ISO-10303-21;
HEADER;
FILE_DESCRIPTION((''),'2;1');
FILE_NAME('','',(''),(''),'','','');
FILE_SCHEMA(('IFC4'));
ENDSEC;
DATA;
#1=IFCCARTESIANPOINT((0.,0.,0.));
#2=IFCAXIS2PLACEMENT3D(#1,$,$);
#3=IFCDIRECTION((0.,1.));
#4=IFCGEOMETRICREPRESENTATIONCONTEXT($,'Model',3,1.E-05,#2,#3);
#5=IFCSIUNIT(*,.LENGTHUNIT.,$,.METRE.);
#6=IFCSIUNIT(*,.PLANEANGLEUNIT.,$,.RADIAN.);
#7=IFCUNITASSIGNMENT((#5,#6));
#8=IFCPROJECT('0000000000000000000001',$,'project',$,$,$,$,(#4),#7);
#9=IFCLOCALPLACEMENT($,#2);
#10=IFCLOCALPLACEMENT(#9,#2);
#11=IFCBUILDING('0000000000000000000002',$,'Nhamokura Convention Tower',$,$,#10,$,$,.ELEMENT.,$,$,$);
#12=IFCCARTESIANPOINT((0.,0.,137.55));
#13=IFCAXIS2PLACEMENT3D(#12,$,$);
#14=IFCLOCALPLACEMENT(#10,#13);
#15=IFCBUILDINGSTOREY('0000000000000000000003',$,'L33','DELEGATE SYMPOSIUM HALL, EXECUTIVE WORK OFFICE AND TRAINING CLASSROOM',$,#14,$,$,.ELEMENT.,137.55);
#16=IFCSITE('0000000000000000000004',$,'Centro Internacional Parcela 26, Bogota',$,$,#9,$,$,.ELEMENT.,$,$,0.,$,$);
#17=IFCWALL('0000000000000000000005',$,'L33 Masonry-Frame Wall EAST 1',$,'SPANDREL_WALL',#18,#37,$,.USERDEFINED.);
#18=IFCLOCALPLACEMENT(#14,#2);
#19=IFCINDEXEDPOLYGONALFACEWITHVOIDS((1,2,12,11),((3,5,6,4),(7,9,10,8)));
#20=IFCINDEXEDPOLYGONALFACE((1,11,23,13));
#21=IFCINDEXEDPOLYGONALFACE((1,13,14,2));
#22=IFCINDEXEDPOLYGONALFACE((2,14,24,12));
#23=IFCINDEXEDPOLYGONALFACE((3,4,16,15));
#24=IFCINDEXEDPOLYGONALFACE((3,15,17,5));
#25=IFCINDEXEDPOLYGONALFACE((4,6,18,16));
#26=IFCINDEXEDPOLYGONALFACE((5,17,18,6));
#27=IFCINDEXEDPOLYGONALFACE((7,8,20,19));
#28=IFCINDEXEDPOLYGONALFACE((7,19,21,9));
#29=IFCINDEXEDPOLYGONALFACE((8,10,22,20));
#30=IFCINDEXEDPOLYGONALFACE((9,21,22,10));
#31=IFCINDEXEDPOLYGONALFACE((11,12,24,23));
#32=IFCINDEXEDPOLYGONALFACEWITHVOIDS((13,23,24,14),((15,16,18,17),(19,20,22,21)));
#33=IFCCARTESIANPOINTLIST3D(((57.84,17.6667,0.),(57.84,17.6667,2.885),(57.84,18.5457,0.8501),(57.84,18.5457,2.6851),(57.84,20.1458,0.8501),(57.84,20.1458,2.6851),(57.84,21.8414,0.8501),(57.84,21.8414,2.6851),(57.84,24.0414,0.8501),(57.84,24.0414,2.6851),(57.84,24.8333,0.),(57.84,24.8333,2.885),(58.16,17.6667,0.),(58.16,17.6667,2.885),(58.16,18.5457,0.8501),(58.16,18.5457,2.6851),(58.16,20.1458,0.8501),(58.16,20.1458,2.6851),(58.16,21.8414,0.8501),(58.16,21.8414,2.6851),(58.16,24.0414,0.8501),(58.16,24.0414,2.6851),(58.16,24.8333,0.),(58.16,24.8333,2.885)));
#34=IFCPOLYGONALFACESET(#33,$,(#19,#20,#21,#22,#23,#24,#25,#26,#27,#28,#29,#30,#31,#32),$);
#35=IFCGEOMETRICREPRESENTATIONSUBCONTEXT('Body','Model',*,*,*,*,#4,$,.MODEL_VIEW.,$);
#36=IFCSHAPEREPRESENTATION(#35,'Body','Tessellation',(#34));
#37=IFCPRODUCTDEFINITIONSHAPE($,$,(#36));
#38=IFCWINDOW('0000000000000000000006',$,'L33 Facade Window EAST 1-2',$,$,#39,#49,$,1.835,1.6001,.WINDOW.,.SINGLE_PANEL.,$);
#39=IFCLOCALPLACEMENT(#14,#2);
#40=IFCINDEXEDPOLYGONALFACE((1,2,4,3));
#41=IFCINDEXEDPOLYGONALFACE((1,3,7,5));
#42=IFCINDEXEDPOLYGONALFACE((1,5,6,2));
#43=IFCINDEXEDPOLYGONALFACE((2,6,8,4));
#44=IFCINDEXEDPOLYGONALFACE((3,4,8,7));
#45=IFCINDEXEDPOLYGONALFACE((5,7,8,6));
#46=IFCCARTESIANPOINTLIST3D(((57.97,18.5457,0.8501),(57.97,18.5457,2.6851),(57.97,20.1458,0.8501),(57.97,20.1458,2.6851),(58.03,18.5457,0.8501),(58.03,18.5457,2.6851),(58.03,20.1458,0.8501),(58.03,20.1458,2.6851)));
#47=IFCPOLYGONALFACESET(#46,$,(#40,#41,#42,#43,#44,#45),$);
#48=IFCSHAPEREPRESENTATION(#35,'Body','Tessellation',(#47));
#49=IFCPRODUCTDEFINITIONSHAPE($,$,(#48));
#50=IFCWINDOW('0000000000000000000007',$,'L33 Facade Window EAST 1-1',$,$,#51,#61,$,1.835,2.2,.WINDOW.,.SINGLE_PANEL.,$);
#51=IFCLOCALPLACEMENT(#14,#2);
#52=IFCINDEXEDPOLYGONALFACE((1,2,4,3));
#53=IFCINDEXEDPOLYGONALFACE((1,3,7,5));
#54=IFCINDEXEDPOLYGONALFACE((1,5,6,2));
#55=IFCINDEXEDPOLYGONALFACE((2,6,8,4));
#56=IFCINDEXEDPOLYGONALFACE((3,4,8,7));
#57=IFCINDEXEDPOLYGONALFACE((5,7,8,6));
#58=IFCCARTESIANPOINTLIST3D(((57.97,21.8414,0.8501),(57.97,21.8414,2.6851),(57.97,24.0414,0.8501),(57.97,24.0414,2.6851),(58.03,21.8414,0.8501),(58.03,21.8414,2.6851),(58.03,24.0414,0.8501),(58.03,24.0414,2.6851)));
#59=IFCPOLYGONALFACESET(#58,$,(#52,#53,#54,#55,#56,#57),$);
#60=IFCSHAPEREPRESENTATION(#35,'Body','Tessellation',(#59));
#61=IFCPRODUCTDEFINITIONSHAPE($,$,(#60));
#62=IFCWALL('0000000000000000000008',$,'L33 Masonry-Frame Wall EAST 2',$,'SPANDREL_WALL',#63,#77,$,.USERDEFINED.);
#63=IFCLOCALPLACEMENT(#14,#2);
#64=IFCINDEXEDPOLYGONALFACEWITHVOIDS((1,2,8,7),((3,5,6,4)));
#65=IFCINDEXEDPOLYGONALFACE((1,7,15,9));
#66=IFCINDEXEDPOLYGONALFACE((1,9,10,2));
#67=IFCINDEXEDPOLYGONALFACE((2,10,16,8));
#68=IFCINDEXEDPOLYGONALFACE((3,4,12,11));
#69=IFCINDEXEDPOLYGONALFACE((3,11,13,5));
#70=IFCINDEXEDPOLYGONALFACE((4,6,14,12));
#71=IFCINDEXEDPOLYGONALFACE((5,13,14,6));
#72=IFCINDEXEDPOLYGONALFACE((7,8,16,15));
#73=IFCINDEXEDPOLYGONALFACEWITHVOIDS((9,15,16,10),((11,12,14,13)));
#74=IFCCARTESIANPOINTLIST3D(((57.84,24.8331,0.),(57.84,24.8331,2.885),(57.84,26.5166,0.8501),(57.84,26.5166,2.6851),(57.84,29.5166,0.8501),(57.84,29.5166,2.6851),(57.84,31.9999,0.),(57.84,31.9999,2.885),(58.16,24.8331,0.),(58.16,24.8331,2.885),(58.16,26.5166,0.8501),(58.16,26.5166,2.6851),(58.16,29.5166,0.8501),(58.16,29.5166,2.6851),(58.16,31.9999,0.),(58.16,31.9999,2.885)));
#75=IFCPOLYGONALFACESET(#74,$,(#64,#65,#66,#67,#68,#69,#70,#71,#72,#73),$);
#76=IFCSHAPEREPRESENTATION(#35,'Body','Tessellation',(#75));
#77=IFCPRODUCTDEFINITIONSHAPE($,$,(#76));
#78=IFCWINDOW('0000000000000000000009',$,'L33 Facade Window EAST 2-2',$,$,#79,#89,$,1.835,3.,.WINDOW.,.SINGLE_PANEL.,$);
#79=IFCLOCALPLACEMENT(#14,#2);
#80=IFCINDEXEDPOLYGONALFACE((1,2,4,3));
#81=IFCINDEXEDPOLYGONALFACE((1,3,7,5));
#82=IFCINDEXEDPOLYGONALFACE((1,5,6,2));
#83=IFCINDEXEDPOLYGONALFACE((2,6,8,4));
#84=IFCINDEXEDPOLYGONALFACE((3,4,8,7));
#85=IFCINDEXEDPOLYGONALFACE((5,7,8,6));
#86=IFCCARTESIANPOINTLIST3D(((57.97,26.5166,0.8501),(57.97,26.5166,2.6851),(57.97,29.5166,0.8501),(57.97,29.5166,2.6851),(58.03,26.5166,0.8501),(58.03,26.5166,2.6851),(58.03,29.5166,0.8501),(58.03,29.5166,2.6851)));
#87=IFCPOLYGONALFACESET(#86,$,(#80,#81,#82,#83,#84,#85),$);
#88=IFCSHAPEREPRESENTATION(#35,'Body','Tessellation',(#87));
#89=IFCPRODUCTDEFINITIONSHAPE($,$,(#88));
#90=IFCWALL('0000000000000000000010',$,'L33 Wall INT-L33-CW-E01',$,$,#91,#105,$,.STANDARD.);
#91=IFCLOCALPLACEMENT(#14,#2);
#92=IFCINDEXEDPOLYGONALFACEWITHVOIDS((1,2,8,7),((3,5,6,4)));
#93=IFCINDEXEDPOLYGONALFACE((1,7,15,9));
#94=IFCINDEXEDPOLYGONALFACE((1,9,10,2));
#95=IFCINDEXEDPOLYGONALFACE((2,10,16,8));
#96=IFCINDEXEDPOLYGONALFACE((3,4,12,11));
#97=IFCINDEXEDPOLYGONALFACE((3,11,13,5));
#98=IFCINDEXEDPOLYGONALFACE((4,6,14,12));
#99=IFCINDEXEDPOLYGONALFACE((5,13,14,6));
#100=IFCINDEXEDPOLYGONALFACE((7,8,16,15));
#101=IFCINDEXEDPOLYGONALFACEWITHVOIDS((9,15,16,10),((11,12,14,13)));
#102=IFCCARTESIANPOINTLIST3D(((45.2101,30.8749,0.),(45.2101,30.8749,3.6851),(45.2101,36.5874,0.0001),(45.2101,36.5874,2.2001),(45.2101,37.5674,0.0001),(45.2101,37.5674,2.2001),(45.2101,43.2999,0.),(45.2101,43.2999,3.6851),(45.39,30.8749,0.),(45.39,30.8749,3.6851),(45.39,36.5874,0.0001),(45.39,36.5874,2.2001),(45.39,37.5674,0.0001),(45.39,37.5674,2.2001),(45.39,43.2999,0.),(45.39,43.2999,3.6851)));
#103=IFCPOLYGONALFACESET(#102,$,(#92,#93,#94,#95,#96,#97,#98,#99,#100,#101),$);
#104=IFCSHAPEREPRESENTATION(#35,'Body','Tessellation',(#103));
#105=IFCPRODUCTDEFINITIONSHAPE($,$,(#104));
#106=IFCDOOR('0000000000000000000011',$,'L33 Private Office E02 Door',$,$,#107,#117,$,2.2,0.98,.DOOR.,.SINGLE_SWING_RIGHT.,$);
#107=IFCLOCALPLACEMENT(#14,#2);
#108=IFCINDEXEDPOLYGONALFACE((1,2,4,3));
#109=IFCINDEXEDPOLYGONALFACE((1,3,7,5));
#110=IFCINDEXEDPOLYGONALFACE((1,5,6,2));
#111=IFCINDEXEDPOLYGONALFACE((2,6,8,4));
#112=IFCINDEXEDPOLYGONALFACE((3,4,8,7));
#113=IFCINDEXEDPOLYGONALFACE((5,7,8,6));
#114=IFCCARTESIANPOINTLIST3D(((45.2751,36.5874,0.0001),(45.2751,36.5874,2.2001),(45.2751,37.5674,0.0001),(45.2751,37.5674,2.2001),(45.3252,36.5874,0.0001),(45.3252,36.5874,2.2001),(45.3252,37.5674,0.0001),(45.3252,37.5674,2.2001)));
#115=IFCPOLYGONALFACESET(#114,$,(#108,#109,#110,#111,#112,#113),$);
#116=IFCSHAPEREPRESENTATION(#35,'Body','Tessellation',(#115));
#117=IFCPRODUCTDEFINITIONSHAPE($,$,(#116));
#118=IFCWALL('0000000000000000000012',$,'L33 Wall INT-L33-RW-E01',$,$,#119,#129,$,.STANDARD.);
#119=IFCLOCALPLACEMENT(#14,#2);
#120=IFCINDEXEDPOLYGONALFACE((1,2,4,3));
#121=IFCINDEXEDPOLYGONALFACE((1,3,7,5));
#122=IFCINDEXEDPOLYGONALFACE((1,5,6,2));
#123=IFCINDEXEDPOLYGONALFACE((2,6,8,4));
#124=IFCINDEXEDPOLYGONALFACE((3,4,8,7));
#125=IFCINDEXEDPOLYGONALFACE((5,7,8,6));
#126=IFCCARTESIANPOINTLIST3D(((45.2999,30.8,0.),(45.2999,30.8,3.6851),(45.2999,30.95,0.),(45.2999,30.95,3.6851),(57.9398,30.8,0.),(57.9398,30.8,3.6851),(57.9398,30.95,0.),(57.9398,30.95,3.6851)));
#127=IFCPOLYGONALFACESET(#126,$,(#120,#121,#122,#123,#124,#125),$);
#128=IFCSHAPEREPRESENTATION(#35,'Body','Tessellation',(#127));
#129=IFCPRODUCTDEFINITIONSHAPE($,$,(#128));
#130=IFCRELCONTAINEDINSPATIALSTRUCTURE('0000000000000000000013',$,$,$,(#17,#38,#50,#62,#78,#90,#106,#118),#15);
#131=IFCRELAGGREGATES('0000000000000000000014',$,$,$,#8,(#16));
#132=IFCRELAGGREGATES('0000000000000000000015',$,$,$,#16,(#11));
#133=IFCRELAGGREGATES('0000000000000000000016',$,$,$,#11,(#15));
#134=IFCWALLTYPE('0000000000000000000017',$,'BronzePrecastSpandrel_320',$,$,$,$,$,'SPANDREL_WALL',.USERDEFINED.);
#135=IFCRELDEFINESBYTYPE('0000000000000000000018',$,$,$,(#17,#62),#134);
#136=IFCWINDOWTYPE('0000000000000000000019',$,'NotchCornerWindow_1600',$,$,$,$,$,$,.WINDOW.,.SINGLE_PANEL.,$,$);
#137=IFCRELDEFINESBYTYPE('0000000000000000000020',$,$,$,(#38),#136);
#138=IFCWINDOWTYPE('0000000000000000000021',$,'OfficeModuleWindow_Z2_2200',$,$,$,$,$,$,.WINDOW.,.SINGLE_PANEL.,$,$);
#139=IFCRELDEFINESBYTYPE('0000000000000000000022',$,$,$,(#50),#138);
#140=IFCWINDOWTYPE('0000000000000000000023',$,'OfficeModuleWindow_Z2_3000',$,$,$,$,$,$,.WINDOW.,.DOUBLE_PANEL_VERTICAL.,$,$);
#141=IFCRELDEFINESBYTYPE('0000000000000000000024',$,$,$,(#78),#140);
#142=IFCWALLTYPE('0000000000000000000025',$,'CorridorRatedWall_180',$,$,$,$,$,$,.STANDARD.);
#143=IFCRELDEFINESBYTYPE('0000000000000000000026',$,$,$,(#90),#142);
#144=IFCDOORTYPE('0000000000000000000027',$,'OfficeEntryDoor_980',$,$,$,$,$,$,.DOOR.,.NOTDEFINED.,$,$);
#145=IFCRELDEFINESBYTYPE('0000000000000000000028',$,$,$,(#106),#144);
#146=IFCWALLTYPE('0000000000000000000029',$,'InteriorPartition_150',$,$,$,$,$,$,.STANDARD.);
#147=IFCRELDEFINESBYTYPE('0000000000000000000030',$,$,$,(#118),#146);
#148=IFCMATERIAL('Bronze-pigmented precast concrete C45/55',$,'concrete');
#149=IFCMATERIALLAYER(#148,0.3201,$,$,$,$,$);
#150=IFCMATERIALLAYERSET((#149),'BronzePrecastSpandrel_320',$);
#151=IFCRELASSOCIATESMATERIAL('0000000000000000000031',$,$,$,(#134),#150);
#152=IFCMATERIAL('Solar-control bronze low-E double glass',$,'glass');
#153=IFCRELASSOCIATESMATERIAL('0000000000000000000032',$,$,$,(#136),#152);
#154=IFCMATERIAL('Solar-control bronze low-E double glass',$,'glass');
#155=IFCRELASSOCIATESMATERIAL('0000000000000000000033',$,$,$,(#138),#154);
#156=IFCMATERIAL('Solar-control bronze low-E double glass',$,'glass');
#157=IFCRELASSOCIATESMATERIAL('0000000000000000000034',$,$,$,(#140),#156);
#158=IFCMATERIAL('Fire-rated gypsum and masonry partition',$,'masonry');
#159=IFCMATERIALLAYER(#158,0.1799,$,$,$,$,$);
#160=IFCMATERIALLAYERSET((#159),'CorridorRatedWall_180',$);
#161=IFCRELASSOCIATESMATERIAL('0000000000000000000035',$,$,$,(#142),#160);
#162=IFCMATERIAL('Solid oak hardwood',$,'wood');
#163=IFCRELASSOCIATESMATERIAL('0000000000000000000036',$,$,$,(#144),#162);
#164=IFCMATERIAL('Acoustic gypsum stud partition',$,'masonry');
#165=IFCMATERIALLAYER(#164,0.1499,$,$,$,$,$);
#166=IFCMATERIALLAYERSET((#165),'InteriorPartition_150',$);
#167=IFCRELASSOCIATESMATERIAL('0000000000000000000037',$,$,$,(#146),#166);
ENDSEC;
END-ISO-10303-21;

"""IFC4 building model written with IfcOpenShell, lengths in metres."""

from ifc_helpers import new_model, si_unit, direction, frame, frame_2d, origin, place, context, subcontext, project, spatial, rectangle, extrude, material, layer, layer_set, type_object, element, fill, save


model = new_model("IFC4")

# Units and contexts
model_context = context("Model", 3, precision=1e-05, world=origin(), true_north=direction((0.0, 1.0)))
body_context = subcontext(model_context, "Body", "Model", "MODEL_VIEW")
ifc_project = project(units=[si_unit("LENGTHUNIT", "METRE"), si_unit("PLANEANGLEUNIT", "RADIAN")], contexts=[model_context])

# Site, building, storey
site_placement = place(None, origin())
site = spatial("IfcSite", under=ifc_project, at=site_placement, Name="Centro Internacional Parcela 26, Bogota", CompositionType="ELEMENT", RefElevation=0.0)
building_placement = place(site_placement, origin())
building = spatial("IfcBuilding", under=site, at=building_placement, Name="Nhamokura Convention Tower", CompositionType="ELEMENT")
storey_placement = place(building_placement, frame((0.0, 0.0, 137.55)))
storey = spatial("IfcBuildingStorey", under=building, at=storey_placement, Name="L33", Description="DELEGATE SYMPOSIUM HALL, EXECUTIVE WORK OFFICE AND TRAINING CLASSROOM", CompositionType="ELEMENT", Elevation=137.55)

# Wall, openings, windows
ifc_material_1 = material(Name="Bronze-pigmented precast concrete C45/55", Category="concrete")
ifc_layer_1 = layer(ifc_material_1, 0.3201)
ifc_layer_set_1 = layer_set([ifc_layer_1], Name="BronzePrecastSpandrel_320")
wall_type_1 = type_object("IfcWallType", Name="BronzePrecastSpandrel_320", ElementType="SPANDREL_WALL", PredefinedType="USERDEFINED", material=ifc_layer_set_1)
wall_1_placement = place(storey_placement, frame((58.0, 24.8333, 0.0), z_axis=(0.0, 0.0, 1.0), x_axis=(0.0, -1.0, 0.0)))
wall_1 = element("IfcWall", 1, at=wall_1_placement, inside=storey, type_object=wall_type_1, Name="L33 Masonry-Frame Wall EAST 1", ObjectType="SPANDREL_WALL", PredefinedType="USERDEFINED", context=body_context, shape_type="SweptSolid", body=[
    extrude(rectangle(XDim=7.1665, YDim=0.3201, at=frame_2d((3.5833, 0.0))), origin(), (0.0, 0.0, 1.0), 2.885),
])
opening_1_placement = place(wall_1_placement, frame((0.7917, 0.0, 0.8501)))
opening_1 = element("IfcOpeningElement", 2, at=opening_1_placement, cuts=wall_1, PredefinedType="OPENING", context=body_context, shape_type="SweptSolid", body=[
    extrude(rectangle(XDim=2.2, YDim=1.835, at=frame_2d((1.1001, 0.9175))), frame((0.0, 0.1699, 0.0), z_axis=(0.0, -1.0, 0.0), x_axis=(1.0, 0.0, 0.0)), (0.0, 0.0, 1.0), 0.3401),
])
opening_2_placement = place(wall_1_placement, frame((4.6875, 0.0, 0.8501)))
opening_2 = element("IfcOpeningElement", 3, at=opening_2_placement, cuts=wall_1, PredefinedType="OPENING", context=body_context, shape_type="SweptSolid", body=[
    extrude(rectangle(XDim=1.6001, YDim=1.835, at=frame_2d((0.8, 0.9175))), frame((0.0, 0.1699, 0.0), z_axis=(0.0, -1.0, 0.0), x_axis=(1.0, 0.0, 0.0)), (0.0, 0.0, 1.0), 0.3401),
])
ifc_material_2 = material(Name="Solar-control bronze low-E double glass", Category="glass")
window_type_1 = type_object("IfcWindowType", Name="NotchCornerWindow_1600", PartitioningType="SINGLE_PANEL", PredefinedType="WINDOW", material=ifc_material_2)
window_1_placement = place(opening_2_placement, origin())
window_1 = element("IfcWindow", 4, at=window_1_placement, inside=storey, type_object=window_type_1, Name="L33 Facade Window EAST 1-2", OverallHeight=1.835, OverallWidth=1.6001, PartitioningType="SINGLE_PANEL", PredefinedType="WINDOW", context=body_context, shape_type="SweptSolid", body=[
    extrude(rectangle(XDim=1.6001, YDim=1.835, at=frame_2d((0.8, 0.9175))), frame((0.0, 0.03, 0.0), z_axis=(0.0, -1.0, 0.0), x_axis=(1.0, 0.0, 0.0)), (0.0, 0.0, 1.0), 0.0601),
])
fill(opening_2, window_1)
ifc_material_3 = material(Name="Solar-control bronze low-E double glass", Category="glass")
window_type_2 = type_object("IfcWindowType", Name="OfficeModuleWindow_Z2_2200", PartitioningType="SINGLE_PANEL", PredefinedType="WINDOW", material=ifc_material_3)
window_2_placement = place(opening_1_placement, origin())
window_2 = element("IfcWindow", 5, at=window_2_placement, inside=storey, type_object=window_type_2, Name="L33 Facade Window EAST 1-1", OverallHeight=1.835, OverallWidth=2.2, PartitioningType="SINGLE_PANEL", PredefinedType="WINDOW", context=body_context, shape_type="SweptSolid", body=[
    extrude(rectangle(XDim=2.2, YDim=1.835, at=frame_2d((1.1001, 0.9175))), frame((0.0, 0.03, 0.0), z_axis=(0.0, -1.0, 0.0), x_axis=(1.0, 0.0, 0.0)), (0.0, 0.0, 1.0), 0.0601),
])
fill(opening_1, window_2)

# Wall, opening, window
wall_2_placement = place(storey_placement, frame((58.0, 32.0, 0.0), z_axis=(0.0, 0.0, 1.0), x_axis=(0.0, -1.0, 0.0)))
wall_2 = element("IfcWall", 6, at=wall_2_placement, inside=storey, type_object=wall_type_1, Name="L33 Masonry-Frame Wall EAST 2", ObjectType="SPANDREL_WALL", PredefinedType="USERDEFINED", context=body_context, shape_type="SweptSolid", body=[
    extrude(rectangle(XDim=7.1667, YDim=0.3201, at=frame_2d((3.5835, 0.0))), origin(), (0.0, 0.0, 1.0), 2.885),
])
opening_3_placement = place(wall_2_placement, frame((2.4834, 0.0, 0.8501)))
opening_3 = element("IfcOpeningElement", 7, at=opening_3_placement, cuts=wall_2, PredefinedType="OPENING", context=body_context, shape_type="SweptSolid", body=[
    extrude(rectangle(XDim=3.0, YDim=1.835, at=frame_2d((1.5, 0.9175))), frame((0.0, 0.1699, 0.0), z_axis=(0.0, -1.0, 0.0), x_axis=(1.0, 0.0, 0.0)), (0.0, 0.0, 1.0), 0.3401),
])
ifc_material_4 = material(Name="Solar-control bronze low-E double glass", Category="glass")
window_type_3 = type_object("IfcWindowType", Name="OfficeModuleWindow_Z2_3000", PartitioningType="DOUBLE_PANEL_VERTICAL", PredefinedType="WINDOW", material=ifc_material_4)
window_3_placement = place(opening_3_placement, origin())
window_3 = element("IfcWindow", 8, at=window_3_placement, inside=storey, type_object=window_type_3, Name="L33 Facade Window EAST 2-2", OverallHeight=1.835, OverallWidth=3.0, PartitioningType="SINGLE_PANEL", PredefinedType="WINDOW", context=body_context, shape_type="SweptSolid", body=[
    extrude(rectangle(XDim=3.0, YDim=1.835, at=frame_2d((1.5, 0.9175))), frame((0.0, 0.03, 0.0), z_axis=(0.0, -1.0, 0.0), x_axis=(1.0, 0.0, 0.0)), (0.0, 0.0, 1.0), 0.0601),
])
fill(opening_3, window_3)

# Wall, opening, door
ifc_material_5 = material(Name="Fire-rated gypsum and masonry partition", Category="masonry")
ifc_layer_2 = layer(ifc_material_5, 0.1799)
ifc_layer_set_2 = layer_set([ifc_layer_2], Name="CorridorRatedWall_180")
wall_type_2 = type_object("IfcWallType", Name="CorridorRatedWall_180", PredefinedType="STANDARD", material=ifc_layer_set_2)
wall_3_placement = place(storey_placement, frame((45.3, 30.875, 0.0), z_axis=(0.0, 0.0, 1.0), x_axis=(0.0, 1.0, 0.0)))
wall_3 = element("IfcWall", 9, at=wall_3_placement, inside=storey, type_object=wall_type_2, Name="L33 Wall INT-L33-CW-E01", PredefinedType="STANDARD", context=body_context, shape_type="SweptSolid", body=[
    extrude(rectangle(XDim=12.425, YDim=0.1799, at=frame_2d((6.2124, 0.0))), origin(), (0.0, 0.0, 1.0), 3.6851),
])
opening_4_placement = place(wall_3_placement, frame((5.7124, 0.0, 0.0)))
opening_4 = element("IfcOpeningElement", 10, at=opening_4_placement, cuts=wall_3, PredefinedType="OPENING", context=body_context, shape_type="SweptSolid", body=[
    extrude(rectangle(XDim=0.98, YDim=2.2, at=frame_2d((0.49, 1.1001))), frame((0.0, 0.0999, 0.0), z_axis=(0.0, -1.0, 0.0), x_axis=(1.0, 0.0, 0.0)), (0.0, 0.0, 1.0), 0.2),
])
ifc_material_6 = material(Name="Solid oak hardwood", Category="wood")
door_type_1 = type_object("IfcDoorType", Name="OfficeEntryDoor_980", OperationType="NOTDEFINED", PredefinedType="DOOR", material=ifc_material_6)
door_1_placement = place(opening_4_placement, origin())
door_1 = element("IfcDoor", 11, at=door_1_placement, inside=storey, type_object=door_type_1, Name="L33 Private Office E02 Door", OperationType="SINGLE_SWING_RIGHT", OverallHeight=2.2, OverallWidth=0.98, PredefinedType="DOOR", context=body_context, shape_type="SweptSolid", body=[
    extrude(rectangle(XDim=0.98, YDim=2.2, at=frame_2d((0.49, 1.1001))), frame((0.0, 0.0249, 0.0), z_axis=(0.0, -1.0, 0.0), x_axis=(1.0, 0.0, 0.0)), (0.0, 0.0, 1.0), 0.05),
])
fill(opening_4, door_1)

# Wall
ifc_material_7 = material(Name="Acoustic gypsum stud partition", Category="masonry")
ifc_layer_3 = layer(ifc_material_7, 0.1499)
ifc_layer_set_3 = layer_set([ifc_layer_3], Name="InteriorPartition_150")
wall_type_3 = type_object("IfcWallType", Name="InteriorPartition_150", PredefinedType="STANDARD", material=ifc_layer_set_3)
wall_4_placement = place(storey_placement, frame((45.3, 30.875, 0.0), z_axis=(0.0, 0.0, 1.0), x_axis=(1.0, 0.0, 0.0)))
element("IfcWall", 12, at=wall_4_placement, inside=storey, type_object=wall_type_3, Name="L33 Wall INT-L33-RW-E01", PredefinedType="STANDARD", context=body_context, shape_type="SweptSolid", body=[
    extrude(rectangle(XDim=12.6399, YDim=0.1499, at=frame_2d((6.3198, 0.0))), origin(), (0.0, 0.0, 1.0), 3.6851),
])

save(model, "model.ifc")
